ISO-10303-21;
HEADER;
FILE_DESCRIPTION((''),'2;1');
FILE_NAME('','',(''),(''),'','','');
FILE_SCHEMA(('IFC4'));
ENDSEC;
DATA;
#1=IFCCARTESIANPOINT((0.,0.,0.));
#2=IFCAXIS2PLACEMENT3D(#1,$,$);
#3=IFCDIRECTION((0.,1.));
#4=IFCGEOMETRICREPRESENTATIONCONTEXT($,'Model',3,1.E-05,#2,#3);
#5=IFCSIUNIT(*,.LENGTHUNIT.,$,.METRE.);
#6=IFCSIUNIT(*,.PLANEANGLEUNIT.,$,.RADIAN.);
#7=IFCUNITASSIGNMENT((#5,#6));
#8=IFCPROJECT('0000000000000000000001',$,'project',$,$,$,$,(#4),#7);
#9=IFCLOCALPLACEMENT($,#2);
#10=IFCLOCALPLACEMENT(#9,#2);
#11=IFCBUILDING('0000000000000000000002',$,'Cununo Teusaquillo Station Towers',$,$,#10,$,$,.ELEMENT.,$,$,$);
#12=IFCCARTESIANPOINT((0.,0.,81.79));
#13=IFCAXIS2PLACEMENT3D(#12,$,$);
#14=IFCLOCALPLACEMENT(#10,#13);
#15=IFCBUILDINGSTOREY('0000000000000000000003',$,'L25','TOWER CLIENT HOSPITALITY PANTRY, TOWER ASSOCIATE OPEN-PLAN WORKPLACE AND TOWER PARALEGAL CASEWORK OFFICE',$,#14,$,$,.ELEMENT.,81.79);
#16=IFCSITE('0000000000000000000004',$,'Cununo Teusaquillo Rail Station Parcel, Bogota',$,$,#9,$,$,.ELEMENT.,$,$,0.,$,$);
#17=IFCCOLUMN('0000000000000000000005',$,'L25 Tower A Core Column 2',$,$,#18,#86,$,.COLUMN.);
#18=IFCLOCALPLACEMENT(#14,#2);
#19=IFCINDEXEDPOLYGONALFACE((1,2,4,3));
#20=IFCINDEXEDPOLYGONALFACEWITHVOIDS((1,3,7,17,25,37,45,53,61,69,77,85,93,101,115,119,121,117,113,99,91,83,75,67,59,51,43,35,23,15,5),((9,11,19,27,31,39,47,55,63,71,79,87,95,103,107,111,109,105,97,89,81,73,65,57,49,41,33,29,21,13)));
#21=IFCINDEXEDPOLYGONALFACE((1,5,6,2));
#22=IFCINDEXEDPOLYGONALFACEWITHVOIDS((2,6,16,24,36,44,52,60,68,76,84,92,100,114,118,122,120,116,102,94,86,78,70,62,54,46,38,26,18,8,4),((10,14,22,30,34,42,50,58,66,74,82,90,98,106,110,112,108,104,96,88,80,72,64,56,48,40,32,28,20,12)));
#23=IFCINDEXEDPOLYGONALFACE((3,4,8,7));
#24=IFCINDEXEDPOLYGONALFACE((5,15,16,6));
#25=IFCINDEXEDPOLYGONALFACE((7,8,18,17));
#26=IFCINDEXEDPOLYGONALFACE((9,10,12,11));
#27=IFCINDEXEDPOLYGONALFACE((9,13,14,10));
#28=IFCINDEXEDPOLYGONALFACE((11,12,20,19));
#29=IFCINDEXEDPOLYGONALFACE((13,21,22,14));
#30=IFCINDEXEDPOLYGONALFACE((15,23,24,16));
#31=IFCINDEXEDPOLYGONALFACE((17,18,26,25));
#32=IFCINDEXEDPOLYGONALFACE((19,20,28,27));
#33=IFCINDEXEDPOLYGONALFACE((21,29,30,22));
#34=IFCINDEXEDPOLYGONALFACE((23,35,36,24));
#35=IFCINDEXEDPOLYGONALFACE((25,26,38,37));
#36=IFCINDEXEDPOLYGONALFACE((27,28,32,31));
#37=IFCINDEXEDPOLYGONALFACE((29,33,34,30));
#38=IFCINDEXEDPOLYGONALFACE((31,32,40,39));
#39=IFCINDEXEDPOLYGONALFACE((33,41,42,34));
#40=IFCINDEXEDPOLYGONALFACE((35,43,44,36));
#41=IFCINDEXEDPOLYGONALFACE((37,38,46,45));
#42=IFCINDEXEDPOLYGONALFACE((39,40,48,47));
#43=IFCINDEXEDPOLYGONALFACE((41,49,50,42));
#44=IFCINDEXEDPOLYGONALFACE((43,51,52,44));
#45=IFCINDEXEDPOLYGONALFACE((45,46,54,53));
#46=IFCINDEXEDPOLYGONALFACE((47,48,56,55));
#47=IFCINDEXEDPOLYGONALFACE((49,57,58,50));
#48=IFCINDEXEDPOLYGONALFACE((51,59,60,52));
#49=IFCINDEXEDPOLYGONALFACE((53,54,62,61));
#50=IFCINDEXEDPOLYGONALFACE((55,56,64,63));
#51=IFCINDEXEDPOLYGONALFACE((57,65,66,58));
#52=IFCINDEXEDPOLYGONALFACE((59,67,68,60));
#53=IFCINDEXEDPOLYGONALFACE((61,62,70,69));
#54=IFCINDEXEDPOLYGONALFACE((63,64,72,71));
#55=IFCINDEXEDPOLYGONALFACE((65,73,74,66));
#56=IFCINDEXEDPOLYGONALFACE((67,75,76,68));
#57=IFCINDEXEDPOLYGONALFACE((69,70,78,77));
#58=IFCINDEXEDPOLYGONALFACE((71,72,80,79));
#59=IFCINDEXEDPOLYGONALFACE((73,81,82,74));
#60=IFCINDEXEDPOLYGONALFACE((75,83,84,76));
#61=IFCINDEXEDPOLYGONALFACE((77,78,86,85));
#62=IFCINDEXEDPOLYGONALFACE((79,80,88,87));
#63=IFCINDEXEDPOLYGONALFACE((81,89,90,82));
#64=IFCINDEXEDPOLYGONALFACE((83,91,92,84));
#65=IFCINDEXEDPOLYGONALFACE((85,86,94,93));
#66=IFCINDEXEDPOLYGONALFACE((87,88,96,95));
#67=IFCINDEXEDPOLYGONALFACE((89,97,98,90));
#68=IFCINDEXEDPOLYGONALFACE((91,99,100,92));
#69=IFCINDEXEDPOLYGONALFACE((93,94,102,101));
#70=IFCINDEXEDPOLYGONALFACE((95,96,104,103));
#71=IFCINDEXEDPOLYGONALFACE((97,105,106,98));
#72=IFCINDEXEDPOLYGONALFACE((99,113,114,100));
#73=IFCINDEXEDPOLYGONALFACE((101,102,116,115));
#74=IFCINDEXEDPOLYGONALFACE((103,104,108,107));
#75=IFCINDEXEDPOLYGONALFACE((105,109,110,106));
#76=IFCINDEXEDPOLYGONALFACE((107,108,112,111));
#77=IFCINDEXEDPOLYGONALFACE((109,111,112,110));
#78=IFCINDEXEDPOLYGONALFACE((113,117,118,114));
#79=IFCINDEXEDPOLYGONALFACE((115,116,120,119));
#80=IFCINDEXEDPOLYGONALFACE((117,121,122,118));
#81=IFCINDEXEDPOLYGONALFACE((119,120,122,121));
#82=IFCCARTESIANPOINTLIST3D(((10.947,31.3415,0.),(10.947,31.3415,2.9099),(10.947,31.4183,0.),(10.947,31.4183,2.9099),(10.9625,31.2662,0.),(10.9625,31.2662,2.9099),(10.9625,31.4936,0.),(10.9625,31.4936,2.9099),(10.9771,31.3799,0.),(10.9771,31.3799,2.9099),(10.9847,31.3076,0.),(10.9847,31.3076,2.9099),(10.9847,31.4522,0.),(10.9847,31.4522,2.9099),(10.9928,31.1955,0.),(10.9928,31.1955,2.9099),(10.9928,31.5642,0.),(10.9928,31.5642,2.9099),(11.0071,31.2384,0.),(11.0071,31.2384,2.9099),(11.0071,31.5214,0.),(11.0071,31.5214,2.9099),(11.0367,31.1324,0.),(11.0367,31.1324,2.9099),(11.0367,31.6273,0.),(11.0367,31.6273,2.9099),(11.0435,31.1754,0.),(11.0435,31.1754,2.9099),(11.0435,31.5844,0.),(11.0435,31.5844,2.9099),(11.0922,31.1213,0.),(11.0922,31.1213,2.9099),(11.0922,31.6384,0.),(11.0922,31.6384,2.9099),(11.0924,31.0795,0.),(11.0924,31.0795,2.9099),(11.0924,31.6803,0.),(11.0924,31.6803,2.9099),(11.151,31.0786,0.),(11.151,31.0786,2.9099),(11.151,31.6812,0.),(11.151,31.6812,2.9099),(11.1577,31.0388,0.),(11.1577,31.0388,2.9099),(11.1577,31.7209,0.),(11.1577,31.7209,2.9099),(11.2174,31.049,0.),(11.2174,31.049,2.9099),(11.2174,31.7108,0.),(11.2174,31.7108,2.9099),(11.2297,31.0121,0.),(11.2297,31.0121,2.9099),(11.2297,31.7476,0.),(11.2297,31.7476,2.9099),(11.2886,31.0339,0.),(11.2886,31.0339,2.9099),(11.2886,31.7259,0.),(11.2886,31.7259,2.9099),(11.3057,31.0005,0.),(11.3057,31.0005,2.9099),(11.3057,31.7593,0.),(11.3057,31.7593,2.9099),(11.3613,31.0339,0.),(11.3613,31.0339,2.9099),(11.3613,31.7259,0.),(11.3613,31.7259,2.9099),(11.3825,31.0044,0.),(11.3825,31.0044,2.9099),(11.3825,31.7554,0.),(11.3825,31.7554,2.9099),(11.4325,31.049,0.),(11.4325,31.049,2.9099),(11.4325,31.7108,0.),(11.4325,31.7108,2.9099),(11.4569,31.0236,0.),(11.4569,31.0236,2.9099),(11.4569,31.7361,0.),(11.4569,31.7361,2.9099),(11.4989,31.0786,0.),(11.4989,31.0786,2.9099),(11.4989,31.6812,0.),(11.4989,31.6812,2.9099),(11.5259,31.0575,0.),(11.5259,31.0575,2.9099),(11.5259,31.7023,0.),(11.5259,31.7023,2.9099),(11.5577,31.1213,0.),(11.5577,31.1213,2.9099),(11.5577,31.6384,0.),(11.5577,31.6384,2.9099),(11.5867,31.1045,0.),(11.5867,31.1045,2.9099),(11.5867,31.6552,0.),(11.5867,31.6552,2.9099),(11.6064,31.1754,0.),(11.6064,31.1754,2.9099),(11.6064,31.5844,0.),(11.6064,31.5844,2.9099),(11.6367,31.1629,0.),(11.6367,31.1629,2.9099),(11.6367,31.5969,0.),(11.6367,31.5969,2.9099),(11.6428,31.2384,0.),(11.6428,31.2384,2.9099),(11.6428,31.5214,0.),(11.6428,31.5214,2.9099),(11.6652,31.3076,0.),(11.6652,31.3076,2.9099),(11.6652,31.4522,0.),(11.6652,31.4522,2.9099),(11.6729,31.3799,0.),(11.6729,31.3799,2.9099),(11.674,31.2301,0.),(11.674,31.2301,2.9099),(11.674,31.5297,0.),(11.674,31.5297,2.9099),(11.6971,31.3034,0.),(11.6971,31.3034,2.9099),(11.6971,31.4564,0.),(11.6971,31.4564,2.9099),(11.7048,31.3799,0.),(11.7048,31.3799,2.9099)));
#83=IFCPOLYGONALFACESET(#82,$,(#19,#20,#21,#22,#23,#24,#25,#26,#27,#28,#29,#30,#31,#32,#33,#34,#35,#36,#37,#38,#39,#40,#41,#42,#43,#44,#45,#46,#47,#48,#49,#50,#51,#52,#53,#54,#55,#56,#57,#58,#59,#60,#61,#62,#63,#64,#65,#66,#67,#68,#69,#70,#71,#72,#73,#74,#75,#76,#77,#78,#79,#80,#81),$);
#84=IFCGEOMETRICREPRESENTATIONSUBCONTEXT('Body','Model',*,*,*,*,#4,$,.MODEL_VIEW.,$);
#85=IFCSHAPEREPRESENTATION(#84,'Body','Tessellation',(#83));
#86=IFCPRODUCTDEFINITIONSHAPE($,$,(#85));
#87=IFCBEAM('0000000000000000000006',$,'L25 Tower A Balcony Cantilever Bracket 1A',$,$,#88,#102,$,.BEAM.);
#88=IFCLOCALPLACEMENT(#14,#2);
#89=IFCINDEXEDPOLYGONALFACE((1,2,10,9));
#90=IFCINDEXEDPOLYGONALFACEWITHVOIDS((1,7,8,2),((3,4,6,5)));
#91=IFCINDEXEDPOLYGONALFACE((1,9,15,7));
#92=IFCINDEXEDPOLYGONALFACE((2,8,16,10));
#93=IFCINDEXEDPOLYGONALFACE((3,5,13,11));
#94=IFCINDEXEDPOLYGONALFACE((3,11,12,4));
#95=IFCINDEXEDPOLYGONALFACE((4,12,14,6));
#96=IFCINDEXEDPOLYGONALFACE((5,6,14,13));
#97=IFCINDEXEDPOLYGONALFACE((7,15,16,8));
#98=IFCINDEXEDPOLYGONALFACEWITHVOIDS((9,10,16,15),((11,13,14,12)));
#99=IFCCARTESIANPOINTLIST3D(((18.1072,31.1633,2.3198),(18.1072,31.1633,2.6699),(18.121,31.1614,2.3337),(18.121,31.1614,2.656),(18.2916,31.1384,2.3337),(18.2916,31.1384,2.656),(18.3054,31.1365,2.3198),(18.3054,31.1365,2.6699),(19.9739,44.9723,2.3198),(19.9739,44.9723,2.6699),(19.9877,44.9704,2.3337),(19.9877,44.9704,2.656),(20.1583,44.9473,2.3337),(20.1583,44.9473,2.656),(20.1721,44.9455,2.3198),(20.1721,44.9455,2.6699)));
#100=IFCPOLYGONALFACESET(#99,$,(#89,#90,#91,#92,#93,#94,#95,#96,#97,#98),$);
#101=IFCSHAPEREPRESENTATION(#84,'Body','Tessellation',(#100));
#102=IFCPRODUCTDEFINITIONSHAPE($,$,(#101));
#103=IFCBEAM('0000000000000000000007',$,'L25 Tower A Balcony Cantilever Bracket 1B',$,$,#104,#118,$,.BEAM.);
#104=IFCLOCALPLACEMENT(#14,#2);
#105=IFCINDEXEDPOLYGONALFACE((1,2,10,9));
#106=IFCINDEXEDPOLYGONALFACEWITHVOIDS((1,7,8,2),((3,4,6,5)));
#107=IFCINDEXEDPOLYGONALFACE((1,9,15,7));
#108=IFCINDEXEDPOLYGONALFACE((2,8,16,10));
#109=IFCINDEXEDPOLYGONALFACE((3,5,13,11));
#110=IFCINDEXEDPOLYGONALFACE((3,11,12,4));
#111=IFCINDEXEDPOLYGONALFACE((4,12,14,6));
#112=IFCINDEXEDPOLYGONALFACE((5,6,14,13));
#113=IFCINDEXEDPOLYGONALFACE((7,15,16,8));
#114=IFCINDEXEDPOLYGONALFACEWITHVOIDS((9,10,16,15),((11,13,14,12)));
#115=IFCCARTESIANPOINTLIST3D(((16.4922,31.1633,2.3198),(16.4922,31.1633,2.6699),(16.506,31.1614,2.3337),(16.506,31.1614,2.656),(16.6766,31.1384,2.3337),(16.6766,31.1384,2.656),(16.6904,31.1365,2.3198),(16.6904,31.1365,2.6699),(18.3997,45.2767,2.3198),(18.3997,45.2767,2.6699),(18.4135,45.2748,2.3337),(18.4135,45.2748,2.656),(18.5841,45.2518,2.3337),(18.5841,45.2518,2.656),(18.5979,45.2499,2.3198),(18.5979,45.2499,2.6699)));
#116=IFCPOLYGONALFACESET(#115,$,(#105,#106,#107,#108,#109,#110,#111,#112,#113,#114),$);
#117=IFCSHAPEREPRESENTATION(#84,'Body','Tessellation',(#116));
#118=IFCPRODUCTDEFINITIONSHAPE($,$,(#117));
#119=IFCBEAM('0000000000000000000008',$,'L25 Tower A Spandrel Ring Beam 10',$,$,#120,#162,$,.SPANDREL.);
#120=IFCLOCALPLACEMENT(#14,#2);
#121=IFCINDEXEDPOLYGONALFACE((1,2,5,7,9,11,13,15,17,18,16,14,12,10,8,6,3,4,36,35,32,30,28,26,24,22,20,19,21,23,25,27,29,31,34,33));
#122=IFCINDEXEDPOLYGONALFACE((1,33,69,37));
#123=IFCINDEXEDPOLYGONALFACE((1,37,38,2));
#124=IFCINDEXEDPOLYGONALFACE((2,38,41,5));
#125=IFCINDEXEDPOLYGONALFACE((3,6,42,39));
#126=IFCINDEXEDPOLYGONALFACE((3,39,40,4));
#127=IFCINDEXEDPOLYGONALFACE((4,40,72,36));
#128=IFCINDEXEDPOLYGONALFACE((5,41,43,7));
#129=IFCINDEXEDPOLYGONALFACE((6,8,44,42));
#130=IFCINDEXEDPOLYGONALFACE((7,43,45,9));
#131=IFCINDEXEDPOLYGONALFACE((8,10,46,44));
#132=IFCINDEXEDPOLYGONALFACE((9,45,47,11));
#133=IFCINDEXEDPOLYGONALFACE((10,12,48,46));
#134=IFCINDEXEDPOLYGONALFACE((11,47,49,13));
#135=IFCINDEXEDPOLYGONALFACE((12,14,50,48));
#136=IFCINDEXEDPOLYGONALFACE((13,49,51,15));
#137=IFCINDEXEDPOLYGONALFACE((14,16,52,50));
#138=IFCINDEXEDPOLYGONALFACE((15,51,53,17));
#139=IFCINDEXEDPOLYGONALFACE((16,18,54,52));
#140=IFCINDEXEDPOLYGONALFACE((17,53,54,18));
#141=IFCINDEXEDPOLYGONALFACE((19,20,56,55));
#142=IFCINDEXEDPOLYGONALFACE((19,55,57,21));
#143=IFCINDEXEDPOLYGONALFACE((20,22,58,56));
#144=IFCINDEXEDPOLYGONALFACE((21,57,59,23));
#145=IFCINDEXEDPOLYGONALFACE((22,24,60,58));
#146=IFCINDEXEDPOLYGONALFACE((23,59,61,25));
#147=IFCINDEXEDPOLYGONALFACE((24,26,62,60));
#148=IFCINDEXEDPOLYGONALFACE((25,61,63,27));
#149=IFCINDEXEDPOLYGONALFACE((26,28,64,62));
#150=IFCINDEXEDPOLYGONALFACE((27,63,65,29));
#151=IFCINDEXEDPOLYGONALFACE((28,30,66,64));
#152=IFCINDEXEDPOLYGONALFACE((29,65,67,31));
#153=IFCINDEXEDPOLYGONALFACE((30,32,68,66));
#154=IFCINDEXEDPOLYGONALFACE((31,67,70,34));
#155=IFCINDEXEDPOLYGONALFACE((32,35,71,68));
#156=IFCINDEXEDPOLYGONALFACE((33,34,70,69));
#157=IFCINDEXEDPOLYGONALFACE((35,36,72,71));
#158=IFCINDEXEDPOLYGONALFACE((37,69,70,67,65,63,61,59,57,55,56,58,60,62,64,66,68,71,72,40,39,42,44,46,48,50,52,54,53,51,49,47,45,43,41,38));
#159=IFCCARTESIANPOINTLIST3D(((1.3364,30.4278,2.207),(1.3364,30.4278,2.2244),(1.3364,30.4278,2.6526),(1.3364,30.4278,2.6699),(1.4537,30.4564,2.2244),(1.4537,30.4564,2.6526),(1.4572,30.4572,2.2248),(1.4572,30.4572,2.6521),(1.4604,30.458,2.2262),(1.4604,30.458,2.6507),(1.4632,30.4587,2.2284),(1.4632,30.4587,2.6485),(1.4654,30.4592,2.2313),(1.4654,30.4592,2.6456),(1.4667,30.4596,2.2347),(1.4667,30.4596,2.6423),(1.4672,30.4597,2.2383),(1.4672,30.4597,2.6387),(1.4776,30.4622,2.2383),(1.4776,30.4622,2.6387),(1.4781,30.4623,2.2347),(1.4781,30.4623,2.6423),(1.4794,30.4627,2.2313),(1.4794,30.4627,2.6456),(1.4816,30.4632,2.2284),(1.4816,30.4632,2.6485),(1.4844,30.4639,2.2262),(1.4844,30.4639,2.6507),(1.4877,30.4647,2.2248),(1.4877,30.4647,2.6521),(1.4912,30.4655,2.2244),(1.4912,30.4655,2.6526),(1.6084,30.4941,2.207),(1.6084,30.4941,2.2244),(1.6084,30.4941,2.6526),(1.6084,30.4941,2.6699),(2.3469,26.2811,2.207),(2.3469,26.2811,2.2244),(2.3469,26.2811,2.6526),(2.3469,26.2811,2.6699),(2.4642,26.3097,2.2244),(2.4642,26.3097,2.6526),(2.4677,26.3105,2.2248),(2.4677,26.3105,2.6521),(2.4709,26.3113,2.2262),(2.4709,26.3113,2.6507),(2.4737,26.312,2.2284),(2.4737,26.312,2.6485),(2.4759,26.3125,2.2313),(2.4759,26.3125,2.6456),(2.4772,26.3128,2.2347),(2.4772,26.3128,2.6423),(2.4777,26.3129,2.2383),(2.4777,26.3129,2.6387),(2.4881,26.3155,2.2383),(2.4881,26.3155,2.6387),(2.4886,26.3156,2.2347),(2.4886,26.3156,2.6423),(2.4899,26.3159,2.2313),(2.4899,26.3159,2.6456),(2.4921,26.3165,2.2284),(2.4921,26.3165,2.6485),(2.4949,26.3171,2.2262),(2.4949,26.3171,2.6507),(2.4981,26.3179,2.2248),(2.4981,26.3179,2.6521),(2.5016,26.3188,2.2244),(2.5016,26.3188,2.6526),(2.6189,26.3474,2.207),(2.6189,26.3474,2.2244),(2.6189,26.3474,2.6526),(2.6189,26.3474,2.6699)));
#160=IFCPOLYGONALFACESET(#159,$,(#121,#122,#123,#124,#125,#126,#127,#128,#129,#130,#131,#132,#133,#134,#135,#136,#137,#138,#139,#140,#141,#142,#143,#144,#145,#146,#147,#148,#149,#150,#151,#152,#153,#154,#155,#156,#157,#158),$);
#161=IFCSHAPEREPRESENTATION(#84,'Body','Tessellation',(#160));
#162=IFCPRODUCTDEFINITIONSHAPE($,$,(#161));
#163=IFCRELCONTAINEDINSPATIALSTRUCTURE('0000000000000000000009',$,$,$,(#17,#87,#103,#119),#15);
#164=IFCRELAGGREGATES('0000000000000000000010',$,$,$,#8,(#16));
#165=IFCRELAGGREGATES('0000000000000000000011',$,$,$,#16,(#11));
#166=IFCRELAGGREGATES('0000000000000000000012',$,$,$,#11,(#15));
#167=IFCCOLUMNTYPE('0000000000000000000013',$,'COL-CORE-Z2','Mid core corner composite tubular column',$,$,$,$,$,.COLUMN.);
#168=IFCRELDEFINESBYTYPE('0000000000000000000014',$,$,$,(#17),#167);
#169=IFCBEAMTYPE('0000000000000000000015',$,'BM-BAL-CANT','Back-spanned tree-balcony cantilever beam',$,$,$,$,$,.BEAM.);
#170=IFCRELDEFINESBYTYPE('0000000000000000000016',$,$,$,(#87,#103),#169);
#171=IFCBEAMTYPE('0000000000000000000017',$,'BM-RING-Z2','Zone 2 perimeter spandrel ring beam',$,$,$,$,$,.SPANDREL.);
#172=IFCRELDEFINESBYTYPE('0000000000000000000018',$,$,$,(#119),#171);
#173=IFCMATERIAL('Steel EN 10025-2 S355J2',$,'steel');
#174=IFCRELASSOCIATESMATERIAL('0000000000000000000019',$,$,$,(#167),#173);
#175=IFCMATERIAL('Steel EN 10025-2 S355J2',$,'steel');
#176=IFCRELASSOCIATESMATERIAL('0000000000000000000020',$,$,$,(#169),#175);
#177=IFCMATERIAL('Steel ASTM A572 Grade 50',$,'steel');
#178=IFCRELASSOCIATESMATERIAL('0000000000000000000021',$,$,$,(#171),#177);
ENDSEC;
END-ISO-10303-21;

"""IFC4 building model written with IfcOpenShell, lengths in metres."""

from ifc_helpers import new_model, si_unit, direction, frame, origin, origin_2d, place, context, subcontext, project, spatial, hollow_rectangle, hollow_circle, i_section, extrude, material, material_profile, profile_set, type_object, element, save


model = new_model("IFC4")

# Units and contexts
model_context = context("Model", 3, precision=1e-05, world=origin(), true_north=direction((0.0, 1.0)))
body_context = subcontext(model_context, "Body", "Model", "MODEL_VIEW")
ifc_project = project(units=[si_unit("LENGTHUNIT", "METRE"), si_unit("PLANEANGLEUNIT", "RADIAN")], contexts=[model_context])

# Site, building, storey
site_placement = place(None, origin())
site = spatial("IfcSite", under=ifc_project, at=site_placement, Name="Cununo Teusaquillo Rail Station Parcel, Bogota", CompositionType="ELEMENT", RefElevation=0.0)
building_placement = place(site_placement, origin())
building = spatial("IfcBuilding", under=site, at=building_placement, Name="Cununo Teusaquillo Station Towers", CompositionType="ELEMENT")
storey_placement = place(building_placement, frame((0.0, 0.0, 81.79)))
storey = spatial("IfcBuildingStorey", under=building, at=storey_placement, Name="L25", Description="TOWER CLIENT HOSPITALITY PANTRY, TOWER ASSOCIATE OPEN-PLAN WORKPLACE AND TOWER PARALEGAL CASEWORK OFFICE", CompositionType="ELEMENT", Elevation=81.79)

# Column
ifc_material_1 = material(Name="Steel EN 10025-2 S355J2", Category="steel")
ifc_material_profile_1 = material_profile(ifc_material_1, hollow_circle(Radius=0.3799, WallThickness=0.032, at=origin_2d()), Name="CHS 760x32")
ifc_profile_set_1 = profile_set([ifc_material_profile_1], Name="Steel EN 10025-2 S355J2")
column_type = type_object("IfcColumnType", Name="COL-CORE-Z2", Description="Mid core corner composite tubular column", PredefinedType="COLUMN", material=ifc_profile_set_1)
column_placement = place(storey_placement, frame((11.325, 31.3799, 0.0), z_axis=(0.0, 0.0, 1.0), x_axis=(1.0, 0.0, 0.0)))
element("IfcColumn", 1, at=column_placement, inside=storey, type_object=column_type, Name="L25 Tower A Core Column 2", PredefinedType="COLUMN", context=body_context, shape_type="SweptSolid", body=[
    extrude(hollow_circle(Radius=0.3799, WallThickness=0.032, at=origin_2d()), origin(), (0.0, 0.0, 1.0), 2.9099),
])

# Beams
ifc_material_2 = material(Name="Steel EN 10025-2 S355J2", Category="steel")
ifc_material_profile_2 = material_profile(ifc_material_2, hollow_rectangle(XDim=0.2, YDim=0.3501, WallThickness=0.0139, at=origin_2d()), Name="RHS 350x200x14")
ifc_profile_set_2 = profile_set([ifc_material_profile_2], Name="Steel EN 10025-2 S355J2")
beam_type_1 = type_object("IfcBeamType", Name="BM-BAL-CANT", Description="Back-spanned tree-balcony cantilever beam", PredefinedType="BEAM", material=ifc_profile_set_2)
beam_1_placement = place(storey_placement, frame((18.2063, 31.1499, 2.4949), z_axis=(0.133961, 0.990987, 0.0), x_axis=(-0.990987, 0.133961, 0.0)))
element("IfcBeam", 2, at=beam_1_placement, inside=storey, type_object=beam_type_1, Name="L25 Tower A Balcony Cantilever Bracket 1A", PredefinedType="BEAM", context=body_context, shape_type="SweptSolid", body=[
    extrude(hollow_rectangle(XDim=0.2, YDim=0.3501, WallThickness=0.0139, at=origin_2d()), origin(), (0.0, 0.0, 1.0), 13.9346),
])
beam_2_placement = place(storey_placement, frame((16.5913, 31.1499, 2.4949), z_axis=(0.133937, 0.99099, 0.0), x_axis=(-0.99099, 0.133937, 0.0)))
element("IfcBeam", 3, at=beam_2_placement, inside=storey, type_object=beam_type_1, Name="L25 Tower A Balcony Cantilever Bracket 1B", PredefinedType="BEAM", context=body_context, shape_type="SweptSolid", body=[
    extrude(hollow_rectangle(XDim=0.2, YDim=0.3501, WallThickness=0.0139, at=origin_2d()), origin(), (0.0, 0.0, 1.0), 14.2417),
])
ifc_material_3 = material(Name="Steel ASTM A572 Grade 50", Category="steel")
ifc_material_profile_3 = material_profile(ifc_material_3, i_section(OverallWidth=0.28, OverallDepth=0.4629, WebThickness=0.0107, FlangeThickness=0.0173, FilletRadius=0.0139, at=origin_2d()), Name="W18X76")
ifc_profile_set_3 = profile_set([ifc_material_profile_3], Name="Steel ASTM A572 Grade 50")
beam_type_2 = type_object("IfcBeamType", Name="BM-RING-Z2", Description="Zone 2 perimeter spandrel ring beam", PredefinedType="SPANDREL", material=ifc_profile_set_3)
beam_3_placement = place(storey_placement, frame((1.4724, 30.4609, 2.4385), z_axis=(0.236757, -0.971569, 0.0), x_axis=(0.971569, 0.236757, 0.0)))
element("IfcBeam", 4, at=beam_3_placement, inside=storey, type_object=beam_type_2, Name="L25 Tower A Spandrel Ring Beam 10", PredefinedType="SPANDREL", context=body_context, shape_type="SweptSolid", body=[
    extrude(i_section(OverallWidth=0.28, OverallDepth=0.4629, WebThickness=0.0107, FlangeThickness=0.0173, FilletRadius=0.0139, at=origin_2d()), origin(), (0.0, 0.0, 1.0), 4.2681),
])

save(model, "model.ifc")
